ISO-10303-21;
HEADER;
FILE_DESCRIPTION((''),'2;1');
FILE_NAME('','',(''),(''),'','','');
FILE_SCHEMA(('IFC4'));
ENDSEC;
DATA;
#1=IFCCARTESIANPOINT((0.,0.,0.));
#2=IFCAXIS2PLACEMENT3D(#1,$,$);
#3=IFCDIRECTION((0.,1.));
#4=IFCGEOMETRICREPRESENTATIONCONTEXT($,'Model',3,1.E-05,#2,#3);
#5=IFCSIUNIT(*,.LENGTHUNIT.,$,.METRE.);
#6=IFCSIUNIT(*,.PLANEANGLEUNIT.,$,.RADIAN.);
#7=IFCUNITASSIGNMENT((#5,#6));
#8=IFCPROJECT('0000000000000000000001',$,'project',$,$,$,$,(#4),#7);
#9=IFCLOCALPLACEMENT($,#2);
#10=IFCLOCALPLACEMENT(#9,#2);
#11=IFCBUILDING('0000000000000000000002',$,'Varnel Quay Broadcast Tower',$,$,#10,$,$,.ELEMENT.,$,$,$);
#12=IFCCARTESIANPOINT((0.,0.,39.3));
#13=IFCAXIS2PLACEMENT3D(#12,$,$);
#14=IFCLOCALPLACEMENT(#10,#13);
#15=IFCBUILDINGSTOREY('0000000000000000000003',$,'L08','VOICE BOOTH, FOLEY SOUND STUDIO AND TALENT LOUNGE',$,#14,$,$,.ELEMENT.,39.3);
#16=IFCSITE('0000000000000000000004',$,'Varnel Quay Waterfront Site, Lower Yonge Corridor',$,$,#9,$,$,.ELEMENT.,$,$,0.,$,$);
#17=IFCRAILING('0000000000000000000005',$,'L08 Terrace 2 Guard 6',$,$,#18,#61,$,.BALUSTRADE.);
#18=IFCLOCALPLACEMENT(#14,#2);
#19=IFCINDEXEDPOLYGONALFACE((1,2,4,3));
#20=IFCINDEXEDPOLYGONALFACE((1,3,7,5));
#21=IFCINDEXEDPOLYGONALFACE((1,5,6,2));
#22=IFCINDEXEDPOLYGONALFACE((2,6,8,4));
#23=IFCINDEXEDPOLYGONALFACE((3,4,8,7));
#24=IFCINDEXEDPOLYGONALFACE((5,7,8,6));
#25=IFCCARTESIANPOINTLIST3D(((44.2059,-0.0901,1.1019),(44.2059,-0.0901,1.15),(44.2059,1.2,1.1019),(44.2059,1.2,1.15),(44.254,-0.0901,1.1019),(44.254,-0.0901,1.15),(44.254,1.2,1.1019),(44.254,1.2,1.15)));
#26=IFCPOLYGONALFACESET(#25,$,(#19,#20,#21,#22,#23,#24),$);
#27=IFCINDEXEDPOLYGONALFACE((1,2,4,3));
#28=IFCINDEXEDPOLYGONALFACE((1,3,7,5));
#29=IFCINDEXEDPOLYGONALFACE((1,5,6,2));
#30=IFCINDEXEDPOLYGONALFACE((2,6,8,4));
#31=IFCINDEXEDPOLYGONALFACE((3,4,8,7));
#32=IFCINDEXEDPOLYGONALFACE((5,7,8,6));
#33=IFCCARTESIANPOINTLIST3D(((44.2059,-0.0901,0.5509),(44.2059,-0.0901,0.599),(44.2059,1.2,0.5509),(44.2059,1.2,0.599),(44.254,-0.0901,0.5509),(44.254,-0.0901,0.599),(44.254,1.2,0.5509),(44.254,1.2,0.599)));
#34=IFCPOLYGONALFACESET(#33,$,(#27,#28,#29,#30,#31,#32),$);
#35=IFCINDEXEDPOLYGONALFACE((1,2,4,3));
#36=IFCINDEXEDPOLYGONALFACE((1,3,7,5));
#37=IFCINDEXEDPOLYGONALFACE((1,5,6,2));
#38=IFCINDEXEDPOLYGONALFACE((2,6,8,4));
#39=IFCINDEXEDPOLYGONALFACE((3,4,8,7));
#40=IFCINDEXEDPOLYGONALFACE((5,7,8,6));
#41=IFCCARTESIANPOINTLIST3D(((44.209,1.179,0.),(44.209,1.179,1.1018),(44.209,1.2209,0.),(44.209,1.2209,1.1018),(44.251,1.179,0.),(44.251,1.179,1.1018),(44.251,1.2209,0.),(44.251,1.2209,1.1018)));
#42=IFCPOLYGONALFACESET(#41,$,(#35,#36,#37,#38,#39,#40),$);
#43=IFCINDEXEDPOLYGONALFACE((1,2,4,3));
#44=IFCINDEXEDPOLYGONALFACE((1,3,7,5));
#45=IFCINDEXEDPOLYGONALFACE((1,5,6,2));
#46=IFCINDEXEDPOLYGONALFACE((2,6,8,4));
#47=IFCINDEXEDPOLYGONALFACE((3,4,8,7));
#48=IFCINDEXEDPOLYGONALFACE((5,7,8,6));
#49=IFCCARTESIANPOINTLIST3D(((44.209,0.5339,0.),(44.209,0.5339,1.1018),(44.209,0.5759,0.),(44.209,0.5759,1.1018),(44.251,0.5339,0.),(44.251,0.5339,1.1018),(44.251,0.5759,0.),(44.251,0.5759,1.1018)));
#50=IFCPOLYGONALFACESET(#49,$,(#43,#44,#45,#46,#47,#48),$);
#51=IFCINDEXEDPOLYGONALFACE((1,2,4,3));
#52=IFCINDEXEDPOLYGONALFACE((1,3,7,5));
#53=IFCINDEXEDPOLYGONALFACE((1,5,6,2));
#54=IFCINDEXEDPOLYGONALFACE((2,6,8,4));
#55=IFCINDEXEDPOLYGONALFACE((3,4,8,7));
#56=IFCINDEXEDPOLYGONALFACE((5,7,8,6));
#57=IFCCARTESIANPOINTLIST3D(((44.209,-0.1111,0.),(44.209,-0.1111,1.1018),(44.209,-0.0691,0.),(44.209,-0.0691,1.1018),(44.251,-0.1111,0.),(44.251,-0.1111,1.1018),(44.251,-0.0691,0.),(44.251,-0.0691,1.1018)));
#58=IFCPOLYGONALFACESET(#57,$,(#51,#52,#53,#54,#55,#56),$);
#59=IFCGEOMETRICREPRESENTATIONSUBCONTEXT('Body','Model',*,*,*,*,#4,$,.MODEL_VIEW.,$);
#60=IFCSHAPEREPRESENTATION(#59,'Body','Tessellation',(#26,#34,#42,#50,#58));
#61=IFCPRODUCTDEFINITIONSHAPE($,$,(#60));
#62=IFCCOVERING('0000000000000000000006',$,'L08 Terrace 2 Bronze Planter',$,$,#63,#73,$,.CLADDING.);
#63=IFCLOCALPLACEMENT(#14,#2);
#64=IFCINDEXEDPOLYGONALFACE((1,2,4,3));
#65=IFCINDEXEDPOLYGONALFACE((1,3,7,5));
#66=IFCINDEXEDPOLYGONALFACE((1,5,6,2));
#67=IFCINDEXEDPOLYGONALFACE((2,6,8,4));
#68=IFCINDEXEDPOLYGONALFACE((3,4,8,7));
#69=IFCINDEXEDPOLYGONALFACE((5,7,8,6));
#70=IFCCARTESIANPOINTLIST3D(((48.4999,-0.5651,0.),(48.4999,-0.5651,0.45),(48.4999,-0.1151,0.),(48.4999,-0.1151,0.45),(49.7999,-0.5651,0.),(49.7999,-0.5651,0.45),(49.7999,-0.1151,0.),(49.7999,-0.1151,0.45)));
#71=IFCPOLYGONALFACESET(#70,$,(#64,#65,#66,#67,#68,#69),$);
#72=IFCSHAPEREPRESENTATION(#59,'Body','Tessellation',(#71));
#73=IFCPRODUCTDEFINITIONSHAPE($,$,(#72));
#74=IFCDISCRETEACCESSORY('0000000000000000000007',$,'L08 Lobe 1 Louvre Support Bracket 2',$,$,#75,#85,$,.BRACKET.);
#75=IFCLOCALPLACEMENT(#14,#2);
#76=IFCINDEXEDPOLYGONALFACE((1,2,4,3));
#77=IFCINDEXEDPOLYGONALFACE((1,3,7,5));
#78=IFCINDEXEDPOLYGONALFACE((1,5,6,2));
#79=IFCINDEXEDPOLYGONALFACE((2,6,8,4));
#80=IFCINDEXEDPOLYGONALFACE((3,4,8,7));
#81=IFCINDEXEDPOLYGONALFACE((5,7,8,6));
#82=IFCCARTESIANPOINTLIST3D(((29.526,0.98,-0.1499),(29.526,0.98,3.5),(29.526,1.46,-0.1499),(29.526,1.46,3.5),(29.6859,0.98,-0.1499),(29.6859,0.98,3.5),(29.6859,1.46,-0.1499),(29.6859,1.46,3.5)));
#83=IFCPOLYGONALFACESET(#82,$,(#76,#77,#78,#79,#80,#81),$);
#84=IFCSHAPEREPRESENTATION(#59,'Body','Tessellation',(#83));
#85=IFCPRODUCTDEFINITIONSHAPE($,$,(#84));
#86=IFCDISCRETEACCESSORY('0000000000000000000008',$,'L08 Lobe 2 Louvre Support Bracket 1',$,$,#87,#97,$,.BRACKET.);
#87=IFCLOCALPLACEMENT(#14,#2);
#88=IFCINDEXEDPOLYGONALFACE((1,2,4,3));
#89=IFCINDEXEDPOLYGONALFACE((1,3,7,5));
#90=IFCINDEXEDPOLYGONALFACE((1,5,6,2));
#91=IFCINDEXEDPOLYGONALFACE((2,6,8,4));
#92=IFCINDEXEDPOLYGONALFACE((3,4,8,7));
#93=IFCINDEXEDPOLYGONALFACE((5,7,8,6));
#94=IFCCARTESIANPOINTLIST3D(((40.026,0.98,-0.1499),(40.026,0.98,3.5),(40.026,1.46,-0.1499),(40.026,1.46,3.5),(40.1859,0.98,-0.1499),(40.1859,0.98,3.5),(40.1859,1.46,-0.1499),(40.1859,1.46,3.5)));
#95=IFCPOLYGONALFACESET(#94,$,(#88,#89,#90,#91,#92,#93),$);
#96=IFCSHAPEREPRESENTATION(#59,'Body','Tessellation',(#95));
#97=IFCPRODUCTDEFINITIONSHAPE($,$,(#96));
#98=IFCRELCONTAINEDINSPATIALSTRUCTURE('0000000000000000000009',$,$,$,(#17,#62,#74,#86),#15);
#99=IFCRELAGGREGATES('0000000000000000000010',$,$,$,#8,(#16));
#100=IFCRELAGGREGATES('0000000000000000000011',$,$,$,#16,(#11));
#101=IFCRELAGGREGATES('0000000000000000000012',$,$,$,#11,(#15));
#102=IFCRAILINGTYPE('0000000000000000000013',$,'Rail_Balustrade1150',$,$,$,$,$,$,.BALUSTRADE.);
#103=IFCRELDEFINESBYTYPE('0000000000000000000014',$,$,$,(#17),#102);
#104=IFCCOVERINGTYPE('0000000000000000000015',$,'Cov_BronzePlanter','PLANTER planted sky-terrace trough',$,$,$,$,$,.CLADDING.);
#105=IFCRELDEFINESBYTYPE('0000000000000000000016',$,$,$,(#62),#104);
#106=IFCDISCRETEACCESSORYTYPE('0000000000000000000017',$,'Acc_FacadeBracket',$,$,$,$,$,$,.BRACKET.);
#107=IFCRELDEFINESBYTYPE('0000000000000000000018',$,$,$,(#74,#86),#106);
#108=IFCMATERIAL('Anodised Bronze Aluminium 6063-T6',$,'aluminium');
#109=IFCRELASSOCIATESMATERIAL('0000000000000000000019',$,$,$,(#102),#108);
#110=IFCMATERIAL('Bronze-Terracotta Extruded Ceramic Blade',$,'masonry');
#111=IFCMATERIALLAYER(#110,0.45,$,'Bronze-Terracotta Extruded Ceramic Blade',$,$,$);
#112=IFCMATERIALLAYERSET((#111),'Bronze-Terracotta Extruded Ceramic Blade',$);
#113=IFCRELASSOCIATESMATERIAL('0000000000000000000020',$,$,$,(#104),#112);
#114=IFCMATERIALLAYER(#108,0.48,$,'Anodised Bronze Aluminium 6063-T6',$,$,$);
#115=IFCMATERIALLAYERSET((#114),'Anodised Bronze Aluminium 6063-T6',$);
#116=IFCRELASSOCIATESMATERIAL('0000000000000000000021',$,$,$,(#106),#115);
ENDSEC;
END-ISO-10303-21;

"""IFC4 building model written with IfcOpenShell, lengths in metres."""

from ifc_helpers import new_model, si_unit, direction, frame, origin, origin_2d, place, context, subcontext, project, spatial, rectangle, extrude, source, transform, mapped, material, layer, layer_set, type_object, type_shapes, element, save


model = new_model("IFC4")

# Units and contexts
model_context = context("Model", 3, precision=1e-05, world=origin(), true_north=direction((0.0, 1.0)))
body_context = subcontext(model_context, "Body", "Model", "MODEL_VIEW")
ifc_project = project(units=[si_unit("LENGTHUNIT", "METRE"), si_unit("PLANEANGLEUNIT", "RADIAN")], contexts=[model_context])

# Site, building, storey
site_placement = place(None, origin())
site = spatial("IfcSite", under=ifc_project, at=site_placement, Name="Varnel Quay Waterfront Site, Lower Yonge Corridor", CompositionType="ELEMENT", RefElevation=0.0)
building_placement = place(site_placement, origin())
building = spatial("IfcBuilding", under=site, at=building_placement, Name="Varnel Quay Broadcast Tower", CompositionType="ELEMENT")
storey_placement = place(building_placement, frame((0.0, 0.0, 39.3)))
storey = spatial("IfcBuildingStorey", under=building, at=storey_placement, Name="L08", Description="VOICE BOOTH, FOLEY SOUND STUDIO AND TALENT LOUNGE", CompositionType="ELEMENT", Elevation=39.3)

# Shared definitions
ifc_material_1 = material(Name="Anodised Bronze Aluminium 6063-T6", Category="aluminium")

# Railing
railing_type = type_object("IfcRailingType", Name="Rail_Balustrade1150", PredefinedType="BALUSTRADE", material=ifc_material_1)
railing_1_placement = place(storey_placement, frame((44.23, 1.2, 0.0)))
element("IfcRailing", 1, at=railing_1_placement, inside=storey, type_object=railing_type, Name="L08 Terrace 2 Guard 6", PredefinedType="BALUSTRADE", context=body_context, shape_type="SweptSolid", body=[
    extrude(rectangle(XDim=0.0481, YDim=0.0481, at=origin_2d()), frame((0.0, 0.0, 1.126), z_axis=(0.0, -1.0, 0.0), x_axis=(1.0, 0.0, 0.0)), (0.0, 0.0, 1.0), 1.29),
    extrude(rectangle(XDim=0.0481, YDim=0.0481, at=origin_2d()), frame((0.0, 0.0, 0.575), z_axis=(0.0, -1.0, 0.0), x_axis=(1.0, 0.0, 0.0)), (0.0, 0.0, 1.0), 1.29),
    extrude(rectangle(XDim=0.042, YDim=0.042, at=origin_2d()), origin(), (0.0, 0.0, 1.0), 1.1018),
    extrude(rectangle(XDim=0.042, YDim=0.042, at=origin_2d()), frame((0.0, -0.645, 0.0)), (0.0, 0.0, 1.0), 1.1018),
    extrude(rectangle(XDim=0.042, YDim=0.042, at=origin_2d()), frame((0.0, -1.29, 0.0)), (0.0, 0.0, 1.0), 1.1018),
])

# Covering
ifc_material_2 = material(Name="Bronze-Terracotta Extruded Ceramic Blade", Category="masonry")
ifc_layer_1 = layer(ifc_material_2, 0.45, Name="Bronze-Terracotta Extruded Ceramic Blade")
ifc_layer_set_1 = layer_set([ifc_layer_1], Name="Bronze-Terracotta Extruded Ceramic Blade")
covering_type = type_object("IfcCoveringType", Name="Cov_BronzePlanter", Description="PLANTER planted sky-terrace trough", PredefinedType="CLADDING", material=ifc_layer_set_1)
shared_shape_1 = source(origin(), body_context, "Body", "SweptSolid", [
    extrude(rectangle(XDim=1.3, YDim=0.45, at=origin_2d()), origin(), (0.0, 0.0, 1.0), 0.45),
])
type_shapes(covering_type, [shared_shape_1])
covering_placement = place(storey_placement, frame((49.1499, -0.3401, 0.0), z_axis=(0.0, 0.0, 1.0), x_axis=(1.0, 0.0, 0.0)))
element("IfcCovering", 2, at=covering_placement, inside=storey, type_object=covering_type, Name="L08 Terrace 2 Bronze Planter", PredefinedType="CLADDING", context=body_context, shape_type="MappedRepresentation", body=[
    mapped(shared_shape_1, transform((0.0, 0.0, 0.0), x_axis=(1.0, 0.0, 0.0), y_axis=(0.0, 1.0, 0.0), z_axis=(0.0, 0.0, 1.0), scale=1.0)),
])

# Discrete accessories
ifc_layer_2 = layer(ifc_material_1, 0.48, Name="Anodised Bronze Aluminium 6063-T6")
ifc_layer_set_2 = layer_set([ifc_layer_2], Name="Anodised Bronze Aluminium 6063-T6")
discrete_accessory_type = type_object("IfcDiscreteAccessoryType", Name="Acc_FacadeBracket", PredefinedType="BRACKET", material=ifc_layer_set_2)
shared_shape_2 = source(origin(), body_context, "Body", "SweptSolid", [
    extrude(rectangle(XDim=0.1599, YDim=0.48, at=origin_2d()), origin(), (0.0, 0.0, 1.0), 3.6499),
])
type_shapes(discrete_accessory_type, [shared_shape_2])
for number, where, z_axis, x_axis, name in (
    (3, (29.606, 1.22, -0.1499), (0.0, 0.0, 1.0), (1.0, 0.0, 0.0), "L08 Lobe 1 Louvre Support Bracket 2"),
    (4, (40.106, 1.22, -0.1499), (0.0, 0.0, 1.0), (1.0, 0.0, 0.0), "L08 Lobe 2 Louvre Support Bracket 1"),
):
    element("IfcDiscreteAccessory", number, at=place(storey_placement, frame(where, z_axis=z_axis, x_axis=x_axis)), inside=storey, type_object=discrete_accessory_type, Name=name, PredefinedType="BRACKET", context=body_context, shape_type="MappedRepresentation", body=[
        mapped(shared_shape_2, transform((0.0, 0.0, 0.0), x_axis=(1.0, 0.0, 0.0), y_axis=(0.0, 1.0, 0.0), z_axis=(0.0, 0.0, 1.0), scale=1.0)),
    ])

save(model, "model.ifc")
